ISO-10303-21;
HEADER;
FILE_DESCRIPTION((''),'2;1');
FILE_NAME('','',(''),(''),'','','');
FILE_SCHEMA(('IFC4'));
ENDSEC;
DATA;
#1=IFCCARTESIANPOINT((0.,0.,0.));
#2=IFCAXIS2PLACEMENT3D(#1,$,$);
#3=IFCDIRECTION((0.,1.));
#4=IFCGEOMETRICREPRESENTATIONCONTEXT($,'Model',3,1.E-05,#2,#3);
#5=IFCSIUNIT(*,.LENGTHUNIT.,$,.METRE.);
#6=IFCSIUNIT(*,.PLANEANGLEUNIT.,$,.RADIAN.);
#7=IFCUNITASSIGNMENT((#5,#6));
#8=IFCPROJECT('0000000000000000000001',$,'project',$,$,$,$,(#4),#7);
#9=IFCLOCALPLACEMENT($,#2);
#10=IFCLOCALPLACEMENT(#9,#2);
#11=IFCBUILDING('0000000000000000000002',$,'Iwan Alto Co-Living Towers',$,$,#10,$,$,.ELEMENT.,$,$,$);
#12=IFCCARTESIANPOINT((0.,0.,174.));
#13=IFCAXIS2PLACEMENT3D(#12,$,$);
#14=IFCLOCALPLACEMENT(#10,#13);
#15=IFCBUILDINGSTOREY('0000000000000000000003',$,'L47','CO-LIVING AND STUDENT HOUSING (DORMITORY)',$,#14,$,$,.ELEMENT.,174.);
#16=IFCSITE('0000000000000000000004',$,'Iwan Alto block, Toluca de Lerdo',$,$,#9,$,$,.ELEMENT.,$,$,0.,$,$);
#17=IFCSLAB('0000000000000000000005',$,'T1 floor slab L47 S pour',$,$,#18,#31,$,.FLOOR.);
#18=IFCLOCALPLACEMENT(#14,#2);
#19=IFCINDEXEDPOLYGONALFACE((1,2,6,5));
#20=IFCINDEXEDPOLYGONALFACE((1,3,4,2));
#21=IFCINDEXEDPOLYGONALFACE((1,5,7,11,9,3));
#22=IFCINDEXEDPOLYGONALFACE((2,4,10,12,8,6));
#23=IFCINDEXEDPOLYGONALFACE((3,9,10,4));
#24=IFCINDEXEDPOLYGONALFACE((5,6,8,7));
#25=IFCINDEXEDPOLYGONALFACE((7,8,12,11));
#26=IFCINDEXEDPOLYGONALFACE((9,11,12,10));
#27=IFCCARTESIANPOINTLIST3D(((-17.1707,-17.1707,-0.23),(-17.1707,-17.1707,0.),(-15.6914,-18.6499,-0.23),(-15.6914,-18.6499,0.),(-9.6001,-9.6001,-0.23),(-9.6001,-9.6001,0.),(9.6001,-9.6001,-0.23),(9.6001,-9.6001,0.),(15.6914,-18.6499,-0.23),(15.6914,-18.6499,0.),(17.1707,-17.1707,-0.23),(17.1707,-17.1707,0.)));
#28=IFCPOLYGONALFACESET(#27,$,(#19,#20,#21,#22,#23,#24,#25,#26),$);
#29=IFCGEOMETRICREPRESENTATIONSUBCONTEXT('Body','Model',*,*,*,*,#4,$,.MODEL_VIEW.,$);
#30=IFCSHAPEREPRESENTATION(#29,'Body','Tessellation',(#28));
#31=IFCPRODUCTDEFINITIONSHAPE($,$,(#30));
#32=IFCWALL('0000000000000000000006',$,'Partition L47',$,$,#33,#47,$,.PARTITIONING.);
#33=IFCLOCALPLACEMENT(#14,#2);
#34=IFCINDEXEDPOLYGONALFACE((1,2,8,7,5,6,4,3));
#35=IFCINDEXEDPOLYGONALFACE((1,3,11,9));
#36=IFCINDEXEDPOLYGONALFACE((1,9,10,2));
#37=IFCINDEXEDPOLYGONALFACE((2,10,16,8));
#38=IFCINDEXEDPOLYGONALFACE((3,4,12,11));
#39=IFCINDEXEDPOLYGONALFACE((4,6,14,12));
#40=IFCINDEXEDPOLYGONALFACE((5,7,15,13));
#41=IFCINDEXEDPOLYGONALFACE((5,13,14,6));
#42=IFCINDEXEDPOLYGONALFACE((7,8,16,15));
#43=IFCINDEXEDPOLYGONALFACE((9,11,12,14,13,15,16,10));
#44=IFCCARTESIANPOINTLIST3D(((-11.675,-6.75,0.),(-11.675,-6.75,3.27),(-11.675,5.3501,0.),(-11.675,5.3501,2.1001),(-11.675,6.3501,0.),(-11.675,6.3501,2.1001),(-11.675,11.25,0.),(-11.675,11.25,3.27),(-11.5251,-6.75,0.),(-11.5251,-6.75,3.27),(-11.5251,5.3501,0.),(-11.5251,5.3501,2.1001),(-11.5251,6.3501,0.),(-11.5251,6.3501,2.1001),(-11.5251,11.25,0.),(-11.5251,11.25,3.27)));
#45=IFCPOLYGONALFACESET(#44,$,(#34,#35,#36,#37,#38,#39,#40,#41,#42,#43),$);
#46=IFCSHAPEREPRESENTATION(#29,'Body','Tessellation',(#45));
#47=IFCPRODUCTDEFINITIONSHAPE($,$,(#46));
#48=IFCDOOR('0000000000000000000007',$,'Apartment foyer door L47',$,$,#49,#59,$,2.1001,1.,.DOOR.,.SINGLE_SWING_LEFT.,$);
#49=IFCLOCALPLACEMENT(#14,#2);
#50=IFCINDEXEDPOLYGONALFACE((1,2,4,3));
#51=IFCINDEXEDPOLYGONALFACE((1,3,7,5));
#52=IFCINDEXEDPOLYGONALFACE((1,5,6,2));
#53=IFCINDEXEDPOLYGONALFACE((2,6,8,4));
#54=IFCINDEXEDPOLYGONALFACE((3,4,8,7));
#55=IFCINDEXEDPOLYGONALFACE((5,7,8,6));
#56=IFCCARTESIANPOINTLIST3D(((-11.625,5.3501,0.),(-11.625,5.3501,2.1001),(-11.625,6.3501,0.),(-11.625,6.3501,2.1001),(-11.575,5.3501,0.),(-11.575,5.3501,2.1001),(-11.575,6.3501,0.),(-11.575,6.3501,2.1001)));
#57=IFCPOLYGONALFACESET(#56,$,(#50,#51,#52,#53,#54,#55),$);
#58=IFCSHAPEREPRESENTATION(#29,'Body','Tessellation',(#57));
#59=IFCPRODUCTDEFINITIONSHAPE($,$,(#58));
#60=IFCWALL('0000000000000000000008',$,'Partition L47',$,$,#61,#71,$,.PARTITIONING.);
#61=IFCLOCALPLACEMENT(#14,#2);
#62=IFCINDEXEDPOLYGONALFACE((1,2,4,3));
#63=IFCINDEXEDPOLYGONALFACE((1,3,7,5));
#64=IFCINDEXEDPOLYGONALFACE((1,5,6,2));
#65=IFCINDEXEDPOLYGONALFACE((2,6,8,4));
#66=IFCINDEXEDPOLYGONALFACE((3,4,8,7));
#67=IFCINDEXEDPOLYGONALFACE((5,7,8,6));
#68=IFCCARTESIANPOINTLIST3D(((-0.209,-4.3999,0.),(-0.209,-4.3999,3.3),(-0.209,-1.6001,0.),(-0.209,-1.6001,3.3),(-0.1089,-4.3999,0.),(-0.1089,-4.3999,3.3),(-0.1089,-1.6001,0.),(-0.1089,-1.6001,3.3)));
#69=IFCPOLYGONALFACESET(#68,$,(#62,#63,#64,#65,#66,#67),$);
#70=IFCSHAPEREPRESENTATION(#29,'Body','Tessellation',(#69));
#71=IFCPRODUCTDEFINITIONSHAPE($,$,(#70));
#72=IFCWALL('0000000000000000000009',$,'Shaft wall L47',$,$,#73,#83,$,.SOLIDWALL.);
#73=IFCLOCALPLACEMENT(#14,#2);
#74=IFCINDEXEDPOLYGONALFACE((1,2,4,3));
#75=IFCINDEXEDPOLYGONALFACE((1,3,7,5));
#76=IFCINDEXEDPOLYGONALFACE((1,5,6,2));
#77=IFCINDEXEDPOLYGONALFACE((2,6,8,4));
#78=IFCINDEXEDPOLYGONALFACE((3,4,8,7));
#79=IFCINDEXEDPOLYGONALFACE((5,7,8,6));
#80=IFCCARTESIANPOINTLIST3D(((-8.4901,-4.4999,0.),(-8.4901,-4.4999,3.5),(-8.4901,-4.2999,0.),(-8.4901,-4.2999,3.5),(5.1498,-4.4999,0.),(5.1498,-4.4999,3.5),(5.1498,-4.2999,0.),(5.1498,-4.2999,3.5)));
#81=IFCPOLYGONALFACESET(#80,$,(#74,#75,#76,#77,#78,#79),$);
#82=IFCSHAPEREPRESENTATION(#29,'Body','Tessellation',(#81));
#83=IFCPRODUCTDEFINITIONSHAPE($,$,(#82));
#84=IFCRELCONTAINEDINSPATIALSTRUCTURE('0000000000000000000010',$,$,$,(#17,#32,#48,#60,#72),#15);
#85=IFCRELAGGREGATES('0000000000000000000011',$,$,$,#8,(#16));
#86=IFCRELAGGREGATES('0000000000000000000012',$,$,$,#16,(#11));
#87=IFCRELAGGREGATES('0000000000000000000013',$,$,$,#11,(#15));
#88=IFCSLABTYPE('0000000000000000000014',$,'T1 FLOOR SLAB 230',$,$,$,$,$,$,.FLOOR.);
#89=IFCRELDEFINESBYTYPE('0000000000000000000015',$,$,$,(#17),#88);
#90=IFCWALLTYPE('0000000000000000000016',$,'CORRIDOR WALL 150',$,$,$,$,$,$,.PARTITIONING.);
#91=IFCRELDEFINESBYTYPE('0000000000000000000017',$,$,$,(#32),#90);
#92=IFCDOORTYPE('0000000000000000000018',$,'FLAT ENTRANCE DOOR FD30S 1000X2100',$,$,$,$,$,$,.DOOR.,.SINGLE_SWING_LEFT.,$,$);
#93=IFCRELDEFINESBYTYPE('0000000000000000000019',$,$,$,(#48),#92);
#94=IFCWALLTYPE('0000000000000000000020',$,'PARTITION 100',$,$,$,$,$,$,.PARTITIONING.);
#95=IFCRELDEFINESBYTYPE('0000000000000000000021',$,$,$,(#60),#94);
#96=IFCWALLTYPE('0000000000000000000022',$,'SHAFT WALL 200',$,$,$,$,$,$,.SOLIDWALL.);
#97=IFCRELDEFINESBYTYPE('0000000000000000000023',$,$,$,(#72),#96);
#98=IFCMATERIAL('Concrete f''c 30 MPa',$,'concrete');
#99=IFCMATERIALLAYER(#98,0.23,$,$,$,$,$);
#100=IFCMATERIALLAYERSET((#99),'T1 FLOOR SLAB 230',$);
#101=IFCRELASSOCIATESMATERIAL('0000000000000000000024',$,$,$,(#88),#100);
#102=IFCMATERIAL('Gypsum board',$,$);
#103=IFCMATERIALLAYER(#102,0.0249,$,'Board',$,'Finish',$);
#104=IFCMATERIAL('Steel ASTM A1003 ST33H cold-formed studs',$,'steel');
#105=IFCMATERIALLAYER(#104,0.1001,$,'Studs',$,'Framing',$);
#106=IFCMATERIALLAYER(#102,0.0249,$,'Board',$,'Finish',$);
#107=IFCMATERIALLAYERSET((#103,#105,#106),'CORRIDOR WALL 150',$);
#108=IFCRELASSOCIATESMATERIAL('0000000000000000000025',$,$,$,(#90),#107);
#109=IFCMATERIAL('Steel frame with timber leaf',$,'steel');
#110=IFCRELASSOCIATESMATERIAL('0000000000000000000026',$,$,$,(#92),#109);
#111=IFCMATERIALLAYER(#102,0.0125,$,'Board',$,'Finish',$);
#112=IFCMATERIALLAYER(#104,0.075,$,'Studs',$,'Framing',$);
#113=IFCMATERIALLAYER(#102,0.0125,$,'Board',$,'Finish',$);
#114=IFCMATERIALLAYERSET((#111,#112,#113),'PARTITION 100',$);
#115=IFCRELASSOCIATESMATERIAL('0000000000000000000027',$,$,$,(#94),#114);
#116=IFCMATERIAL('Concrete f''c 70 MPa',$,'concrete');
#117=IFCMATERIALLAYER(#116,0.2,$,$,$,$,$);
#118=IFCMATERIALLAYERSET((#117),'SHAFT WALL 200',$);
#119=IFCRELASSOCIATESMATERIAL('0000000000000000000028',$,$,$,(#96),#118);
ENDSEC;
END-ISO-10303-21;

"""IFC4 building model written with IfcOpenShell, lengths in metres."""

from ifc_helpers import new_model, si_unit, direction, frame, frame_2d, origin, place, context, subcontext, project, spatial, polyline, rectangle, outline, extrude, material, layer, layer_set, type_object, element, fill, save


model = new_model("IFC4")

# Units and contexts
model_context = context("Model", 3, precision=1e-05, world=origin(), true_north=direction((0.0, 1.0)))
body_context = subcontext(model_context, "Body", "Model", "MODEL_VIEW")
ifc_project = project(units=[si_unit("LENGTHUNIT", "METRE"), si_unit("PLANEANGLEUNIT", "RADIAN")], contexts=[model_context])

# Site, building, storey
site_placement = place(None, origin())
site = spatial("IfcSite", under=ifc_project, at=site_placement, Name="Iwan Alto block, Toluca de Lerdo", CompositionType="ELEMENT", RefElevation=0.0)
building_placement = place(site_placement, origin())
building = spatial("IfcBuilding", under=site, at=building_placement, Name="Iwan Alto Co-Living Towers", CompositionType="ELEMENT")
storey_placement = place(building_placement, frame((0.0, 0.0, 174.0)))
storey = spatial("IfcBuildingStorey", under=building, at=storey_placement, Name="L47", Description="CO-LIVING AND STUDENT HOUSING (DORMITORY)", CompositionType="ELEMENT", Elevation=174.0)

# Slab
ifc_material_1 = material(Name="Concrete f'c 30 MPa", Category="concrete")
ifc_layer_1 = layer(ifc_material_1, 0.23)
ifc_layer_set_1 = layer_set([ifc_layer_1], Name="T1 FLOOR SLAB 230")
slab_type = type_object("IfcSlabType", Name="T1 FLOOR SLAB 230", PredefinedType="FLOOR", material=ifc_layer_set_1)
slab_placement = place(storey_placement, frame((0.0, 0.0, -0.23)))
element("IfcSlab", 1, at=slab_placement, inside=storey, type_object=slab_type, Name="T1 floor slab L47 S pour", PredefinedType="FLOOR", context=body_context, shape_type="SweptSolid", body=[
    extrude(outline(polyline([(15.6914, -18.6499), (-15.6914, -18.6499), (-17.1707, -17.1707), (-9.6001, -9.6001), (9.6001, -9.6001), (17.1707, -17.1707), (15.6914, -18.6499)])), origin(), (0.0, 0.0, 1.0), 0.23),
])

# Wall, opening, door
ifc_material_2 = material(Name="Gypsum board")
ifc_layer_2 = layer(ifc_material_2, 0.0249, Name="Board", Category="Finish")
ifc_material_3 = material(Name="Steel ASTM A1003 ST33H cold-formed studs", Category="steel")
ifc_layer_3 = layer(ifc_material_3, 0.1001, Name="Studs", Category="Framing")
ifc_layer_4 = layer(ifc_material_2, 0.0249, Name="Board", Category="Finish")
ifc_layer_set_2 = layer_set([ifc_layer_2, ifc_layer_3, ifc_layer_4], Name="CORRIDOR WALL 150")
wall_type_1 = type_object("IfcWallType", Name="CORRIDOR WALL 150", PredefinedType="PARTITIONING", material=ifc_layer_set_2)
wall_1_placement = place(storey_placement, frame((-11.6001, -6.75, 0.0), z_axis=(0.0, 0.0, 1.0), x_axis=(0.0, 1.0, 0.0)))
wall_1 = element("IfcWall", 2, at=wall_1_placement, inside=storey, type_object=wall_type_1, Name="Partition L47", PredefinedType="PARTITIONING", context=body_context, shape_type="SweptSolid", body=[
    extrude(rectangle(XDim=18.0, YDim=0.1499, at=frame_2d((9.0, 0.0))), origin(), (0.0, 0.0, 1.0), 3.27),
])
opening_1_placement = place(wall_1_placement, frame((12.1001, 0.0, 0.0)))
opening_1 = element("IfcOpeningElement", 3, at=opening_1_placement, cuts=wall_1, PredefinedType="OPENING", context=body_context, shape_type="SweptSolid", body=[
    extrude(rectangle(XDim=1.0, YDim=2.1001, at=frame_2d((0.5, 1.05))), frame((0.0, 0.085, 0.0), z_axis=(0.0, -1.0, 0.0), x_axis=(1.0, 0.0, 0.0)), (0.0, 0.0, 1.0), 0.1699),
])
ifc_material_4 = material(Name="Steel frame with timber leaf", Category="steel")
door_type_1 = type_object("IfcDoorType", Name="FLAT ENTRANCE DOOR FD30S 1000X2100", OperationType="SINGLE_SWING_LEFT", PredefinedType="DOOR", material=ifc_material_4)
door_1_placement = place(opening_1_placement, origin())
door_1 = element("IfcDoor", 4, at=door_1_placement, inside=storey, type_object=door_type_1, Name="Apartment foyer door L47", OperationType="SINGLE_SWING_LEFT", OverallHeight=2.1001, OverallWidth=1.0, PredefinedType="DOOR", context=body_context, shape_type="SweptSolid", body=[
    extrude(rectangle(XDim=1.0, YDim=2.1001, at=frame_2d((0.5, 1.05))), frame((0.0, 0.0249, 0.0), z_axis=(0.0, -1.0, 0.0), x_axis=(1.0, 0.0, 0.0)), (0.0, 0.0, 1.0), 0.05),
])
fill(opening_1, door_1)

# Walls
ifc_layer_5 = layer(ifc_material_2, 0.0125, Name="Board", Category="Finish")
ifc_layer_6 = layer(ifc_material_3, 0.075, Name="Studs", Category="Framing")
ifc_layer_7 = layer(ifc_material_2, 0.0125, Name="Board", Category="Finish")
ifc_layer_set_3 = layer_set([ifc_layer_5, ifc_layer_6, ifc_layer_7], Name="PARTITION 100")
wall_type_2 = type_object("IfcWallType", Name="PARTITION 100", PredefinedType="PARTITIONING", material=ifc_layer_set_3)
wall_2_placement = place(storey_placement, frame((-0.1589, -4.3999, 0.0), z_axis=(0.0, 0.0, 1.0), x_axis=(0.0, 1.0, 0.0)))
element("IfcWall", 5, at=wall_2_placement, inside=storey, type_object=wall_type_2, Name="Partition L47", PredefinedType="PARTITIONING", context=body_context, shape_type="SweptSolid", body=[
    extrude(rectangle(XDim=2.7998, YDim=0.1001, at=frame_2d((1.3999, 0.0))), origin(), (0.0, 0.0, 1.0), 3.3),
])
ifc_material_5 = material(Name="Concrete f'c 70 MPa", Category="concrete")
ifc_layer_8 = layer(ifc_material_5, 0.2)
ifc_layer_set_4 = layer_set([ifc_layer_8], Name="SHAFT WALL 200")
wall_type_3 = type_object("IfcWallType", Name="SHAFT WALL 200", PredefinedType="SOLIDWALL", material=ifc_layer_set_4)
wall_3_placement = place(storey_placement, frame((-8.49, -4.3999, 0.0), z_axis=(0.0, 0.0, 1.0), x_axis=(1.0, 0.0, 0.0)))
element("IfcWall", 6, at=wall_3_placement, inside=storey, type_object=wall_type_3, Name="Shaft wall L47", PredefinedType="SOLIDWALL", context=body_context, shape_type="SweptSolid", body=[
    extrude(rectangle(XDim=13.6399, YDim=0.2, at=frame_2d((6.8198, 0.0))), origin(), (0.0, 0.0, 1.0), 3.5),
])

save(model, "model.ifc")
